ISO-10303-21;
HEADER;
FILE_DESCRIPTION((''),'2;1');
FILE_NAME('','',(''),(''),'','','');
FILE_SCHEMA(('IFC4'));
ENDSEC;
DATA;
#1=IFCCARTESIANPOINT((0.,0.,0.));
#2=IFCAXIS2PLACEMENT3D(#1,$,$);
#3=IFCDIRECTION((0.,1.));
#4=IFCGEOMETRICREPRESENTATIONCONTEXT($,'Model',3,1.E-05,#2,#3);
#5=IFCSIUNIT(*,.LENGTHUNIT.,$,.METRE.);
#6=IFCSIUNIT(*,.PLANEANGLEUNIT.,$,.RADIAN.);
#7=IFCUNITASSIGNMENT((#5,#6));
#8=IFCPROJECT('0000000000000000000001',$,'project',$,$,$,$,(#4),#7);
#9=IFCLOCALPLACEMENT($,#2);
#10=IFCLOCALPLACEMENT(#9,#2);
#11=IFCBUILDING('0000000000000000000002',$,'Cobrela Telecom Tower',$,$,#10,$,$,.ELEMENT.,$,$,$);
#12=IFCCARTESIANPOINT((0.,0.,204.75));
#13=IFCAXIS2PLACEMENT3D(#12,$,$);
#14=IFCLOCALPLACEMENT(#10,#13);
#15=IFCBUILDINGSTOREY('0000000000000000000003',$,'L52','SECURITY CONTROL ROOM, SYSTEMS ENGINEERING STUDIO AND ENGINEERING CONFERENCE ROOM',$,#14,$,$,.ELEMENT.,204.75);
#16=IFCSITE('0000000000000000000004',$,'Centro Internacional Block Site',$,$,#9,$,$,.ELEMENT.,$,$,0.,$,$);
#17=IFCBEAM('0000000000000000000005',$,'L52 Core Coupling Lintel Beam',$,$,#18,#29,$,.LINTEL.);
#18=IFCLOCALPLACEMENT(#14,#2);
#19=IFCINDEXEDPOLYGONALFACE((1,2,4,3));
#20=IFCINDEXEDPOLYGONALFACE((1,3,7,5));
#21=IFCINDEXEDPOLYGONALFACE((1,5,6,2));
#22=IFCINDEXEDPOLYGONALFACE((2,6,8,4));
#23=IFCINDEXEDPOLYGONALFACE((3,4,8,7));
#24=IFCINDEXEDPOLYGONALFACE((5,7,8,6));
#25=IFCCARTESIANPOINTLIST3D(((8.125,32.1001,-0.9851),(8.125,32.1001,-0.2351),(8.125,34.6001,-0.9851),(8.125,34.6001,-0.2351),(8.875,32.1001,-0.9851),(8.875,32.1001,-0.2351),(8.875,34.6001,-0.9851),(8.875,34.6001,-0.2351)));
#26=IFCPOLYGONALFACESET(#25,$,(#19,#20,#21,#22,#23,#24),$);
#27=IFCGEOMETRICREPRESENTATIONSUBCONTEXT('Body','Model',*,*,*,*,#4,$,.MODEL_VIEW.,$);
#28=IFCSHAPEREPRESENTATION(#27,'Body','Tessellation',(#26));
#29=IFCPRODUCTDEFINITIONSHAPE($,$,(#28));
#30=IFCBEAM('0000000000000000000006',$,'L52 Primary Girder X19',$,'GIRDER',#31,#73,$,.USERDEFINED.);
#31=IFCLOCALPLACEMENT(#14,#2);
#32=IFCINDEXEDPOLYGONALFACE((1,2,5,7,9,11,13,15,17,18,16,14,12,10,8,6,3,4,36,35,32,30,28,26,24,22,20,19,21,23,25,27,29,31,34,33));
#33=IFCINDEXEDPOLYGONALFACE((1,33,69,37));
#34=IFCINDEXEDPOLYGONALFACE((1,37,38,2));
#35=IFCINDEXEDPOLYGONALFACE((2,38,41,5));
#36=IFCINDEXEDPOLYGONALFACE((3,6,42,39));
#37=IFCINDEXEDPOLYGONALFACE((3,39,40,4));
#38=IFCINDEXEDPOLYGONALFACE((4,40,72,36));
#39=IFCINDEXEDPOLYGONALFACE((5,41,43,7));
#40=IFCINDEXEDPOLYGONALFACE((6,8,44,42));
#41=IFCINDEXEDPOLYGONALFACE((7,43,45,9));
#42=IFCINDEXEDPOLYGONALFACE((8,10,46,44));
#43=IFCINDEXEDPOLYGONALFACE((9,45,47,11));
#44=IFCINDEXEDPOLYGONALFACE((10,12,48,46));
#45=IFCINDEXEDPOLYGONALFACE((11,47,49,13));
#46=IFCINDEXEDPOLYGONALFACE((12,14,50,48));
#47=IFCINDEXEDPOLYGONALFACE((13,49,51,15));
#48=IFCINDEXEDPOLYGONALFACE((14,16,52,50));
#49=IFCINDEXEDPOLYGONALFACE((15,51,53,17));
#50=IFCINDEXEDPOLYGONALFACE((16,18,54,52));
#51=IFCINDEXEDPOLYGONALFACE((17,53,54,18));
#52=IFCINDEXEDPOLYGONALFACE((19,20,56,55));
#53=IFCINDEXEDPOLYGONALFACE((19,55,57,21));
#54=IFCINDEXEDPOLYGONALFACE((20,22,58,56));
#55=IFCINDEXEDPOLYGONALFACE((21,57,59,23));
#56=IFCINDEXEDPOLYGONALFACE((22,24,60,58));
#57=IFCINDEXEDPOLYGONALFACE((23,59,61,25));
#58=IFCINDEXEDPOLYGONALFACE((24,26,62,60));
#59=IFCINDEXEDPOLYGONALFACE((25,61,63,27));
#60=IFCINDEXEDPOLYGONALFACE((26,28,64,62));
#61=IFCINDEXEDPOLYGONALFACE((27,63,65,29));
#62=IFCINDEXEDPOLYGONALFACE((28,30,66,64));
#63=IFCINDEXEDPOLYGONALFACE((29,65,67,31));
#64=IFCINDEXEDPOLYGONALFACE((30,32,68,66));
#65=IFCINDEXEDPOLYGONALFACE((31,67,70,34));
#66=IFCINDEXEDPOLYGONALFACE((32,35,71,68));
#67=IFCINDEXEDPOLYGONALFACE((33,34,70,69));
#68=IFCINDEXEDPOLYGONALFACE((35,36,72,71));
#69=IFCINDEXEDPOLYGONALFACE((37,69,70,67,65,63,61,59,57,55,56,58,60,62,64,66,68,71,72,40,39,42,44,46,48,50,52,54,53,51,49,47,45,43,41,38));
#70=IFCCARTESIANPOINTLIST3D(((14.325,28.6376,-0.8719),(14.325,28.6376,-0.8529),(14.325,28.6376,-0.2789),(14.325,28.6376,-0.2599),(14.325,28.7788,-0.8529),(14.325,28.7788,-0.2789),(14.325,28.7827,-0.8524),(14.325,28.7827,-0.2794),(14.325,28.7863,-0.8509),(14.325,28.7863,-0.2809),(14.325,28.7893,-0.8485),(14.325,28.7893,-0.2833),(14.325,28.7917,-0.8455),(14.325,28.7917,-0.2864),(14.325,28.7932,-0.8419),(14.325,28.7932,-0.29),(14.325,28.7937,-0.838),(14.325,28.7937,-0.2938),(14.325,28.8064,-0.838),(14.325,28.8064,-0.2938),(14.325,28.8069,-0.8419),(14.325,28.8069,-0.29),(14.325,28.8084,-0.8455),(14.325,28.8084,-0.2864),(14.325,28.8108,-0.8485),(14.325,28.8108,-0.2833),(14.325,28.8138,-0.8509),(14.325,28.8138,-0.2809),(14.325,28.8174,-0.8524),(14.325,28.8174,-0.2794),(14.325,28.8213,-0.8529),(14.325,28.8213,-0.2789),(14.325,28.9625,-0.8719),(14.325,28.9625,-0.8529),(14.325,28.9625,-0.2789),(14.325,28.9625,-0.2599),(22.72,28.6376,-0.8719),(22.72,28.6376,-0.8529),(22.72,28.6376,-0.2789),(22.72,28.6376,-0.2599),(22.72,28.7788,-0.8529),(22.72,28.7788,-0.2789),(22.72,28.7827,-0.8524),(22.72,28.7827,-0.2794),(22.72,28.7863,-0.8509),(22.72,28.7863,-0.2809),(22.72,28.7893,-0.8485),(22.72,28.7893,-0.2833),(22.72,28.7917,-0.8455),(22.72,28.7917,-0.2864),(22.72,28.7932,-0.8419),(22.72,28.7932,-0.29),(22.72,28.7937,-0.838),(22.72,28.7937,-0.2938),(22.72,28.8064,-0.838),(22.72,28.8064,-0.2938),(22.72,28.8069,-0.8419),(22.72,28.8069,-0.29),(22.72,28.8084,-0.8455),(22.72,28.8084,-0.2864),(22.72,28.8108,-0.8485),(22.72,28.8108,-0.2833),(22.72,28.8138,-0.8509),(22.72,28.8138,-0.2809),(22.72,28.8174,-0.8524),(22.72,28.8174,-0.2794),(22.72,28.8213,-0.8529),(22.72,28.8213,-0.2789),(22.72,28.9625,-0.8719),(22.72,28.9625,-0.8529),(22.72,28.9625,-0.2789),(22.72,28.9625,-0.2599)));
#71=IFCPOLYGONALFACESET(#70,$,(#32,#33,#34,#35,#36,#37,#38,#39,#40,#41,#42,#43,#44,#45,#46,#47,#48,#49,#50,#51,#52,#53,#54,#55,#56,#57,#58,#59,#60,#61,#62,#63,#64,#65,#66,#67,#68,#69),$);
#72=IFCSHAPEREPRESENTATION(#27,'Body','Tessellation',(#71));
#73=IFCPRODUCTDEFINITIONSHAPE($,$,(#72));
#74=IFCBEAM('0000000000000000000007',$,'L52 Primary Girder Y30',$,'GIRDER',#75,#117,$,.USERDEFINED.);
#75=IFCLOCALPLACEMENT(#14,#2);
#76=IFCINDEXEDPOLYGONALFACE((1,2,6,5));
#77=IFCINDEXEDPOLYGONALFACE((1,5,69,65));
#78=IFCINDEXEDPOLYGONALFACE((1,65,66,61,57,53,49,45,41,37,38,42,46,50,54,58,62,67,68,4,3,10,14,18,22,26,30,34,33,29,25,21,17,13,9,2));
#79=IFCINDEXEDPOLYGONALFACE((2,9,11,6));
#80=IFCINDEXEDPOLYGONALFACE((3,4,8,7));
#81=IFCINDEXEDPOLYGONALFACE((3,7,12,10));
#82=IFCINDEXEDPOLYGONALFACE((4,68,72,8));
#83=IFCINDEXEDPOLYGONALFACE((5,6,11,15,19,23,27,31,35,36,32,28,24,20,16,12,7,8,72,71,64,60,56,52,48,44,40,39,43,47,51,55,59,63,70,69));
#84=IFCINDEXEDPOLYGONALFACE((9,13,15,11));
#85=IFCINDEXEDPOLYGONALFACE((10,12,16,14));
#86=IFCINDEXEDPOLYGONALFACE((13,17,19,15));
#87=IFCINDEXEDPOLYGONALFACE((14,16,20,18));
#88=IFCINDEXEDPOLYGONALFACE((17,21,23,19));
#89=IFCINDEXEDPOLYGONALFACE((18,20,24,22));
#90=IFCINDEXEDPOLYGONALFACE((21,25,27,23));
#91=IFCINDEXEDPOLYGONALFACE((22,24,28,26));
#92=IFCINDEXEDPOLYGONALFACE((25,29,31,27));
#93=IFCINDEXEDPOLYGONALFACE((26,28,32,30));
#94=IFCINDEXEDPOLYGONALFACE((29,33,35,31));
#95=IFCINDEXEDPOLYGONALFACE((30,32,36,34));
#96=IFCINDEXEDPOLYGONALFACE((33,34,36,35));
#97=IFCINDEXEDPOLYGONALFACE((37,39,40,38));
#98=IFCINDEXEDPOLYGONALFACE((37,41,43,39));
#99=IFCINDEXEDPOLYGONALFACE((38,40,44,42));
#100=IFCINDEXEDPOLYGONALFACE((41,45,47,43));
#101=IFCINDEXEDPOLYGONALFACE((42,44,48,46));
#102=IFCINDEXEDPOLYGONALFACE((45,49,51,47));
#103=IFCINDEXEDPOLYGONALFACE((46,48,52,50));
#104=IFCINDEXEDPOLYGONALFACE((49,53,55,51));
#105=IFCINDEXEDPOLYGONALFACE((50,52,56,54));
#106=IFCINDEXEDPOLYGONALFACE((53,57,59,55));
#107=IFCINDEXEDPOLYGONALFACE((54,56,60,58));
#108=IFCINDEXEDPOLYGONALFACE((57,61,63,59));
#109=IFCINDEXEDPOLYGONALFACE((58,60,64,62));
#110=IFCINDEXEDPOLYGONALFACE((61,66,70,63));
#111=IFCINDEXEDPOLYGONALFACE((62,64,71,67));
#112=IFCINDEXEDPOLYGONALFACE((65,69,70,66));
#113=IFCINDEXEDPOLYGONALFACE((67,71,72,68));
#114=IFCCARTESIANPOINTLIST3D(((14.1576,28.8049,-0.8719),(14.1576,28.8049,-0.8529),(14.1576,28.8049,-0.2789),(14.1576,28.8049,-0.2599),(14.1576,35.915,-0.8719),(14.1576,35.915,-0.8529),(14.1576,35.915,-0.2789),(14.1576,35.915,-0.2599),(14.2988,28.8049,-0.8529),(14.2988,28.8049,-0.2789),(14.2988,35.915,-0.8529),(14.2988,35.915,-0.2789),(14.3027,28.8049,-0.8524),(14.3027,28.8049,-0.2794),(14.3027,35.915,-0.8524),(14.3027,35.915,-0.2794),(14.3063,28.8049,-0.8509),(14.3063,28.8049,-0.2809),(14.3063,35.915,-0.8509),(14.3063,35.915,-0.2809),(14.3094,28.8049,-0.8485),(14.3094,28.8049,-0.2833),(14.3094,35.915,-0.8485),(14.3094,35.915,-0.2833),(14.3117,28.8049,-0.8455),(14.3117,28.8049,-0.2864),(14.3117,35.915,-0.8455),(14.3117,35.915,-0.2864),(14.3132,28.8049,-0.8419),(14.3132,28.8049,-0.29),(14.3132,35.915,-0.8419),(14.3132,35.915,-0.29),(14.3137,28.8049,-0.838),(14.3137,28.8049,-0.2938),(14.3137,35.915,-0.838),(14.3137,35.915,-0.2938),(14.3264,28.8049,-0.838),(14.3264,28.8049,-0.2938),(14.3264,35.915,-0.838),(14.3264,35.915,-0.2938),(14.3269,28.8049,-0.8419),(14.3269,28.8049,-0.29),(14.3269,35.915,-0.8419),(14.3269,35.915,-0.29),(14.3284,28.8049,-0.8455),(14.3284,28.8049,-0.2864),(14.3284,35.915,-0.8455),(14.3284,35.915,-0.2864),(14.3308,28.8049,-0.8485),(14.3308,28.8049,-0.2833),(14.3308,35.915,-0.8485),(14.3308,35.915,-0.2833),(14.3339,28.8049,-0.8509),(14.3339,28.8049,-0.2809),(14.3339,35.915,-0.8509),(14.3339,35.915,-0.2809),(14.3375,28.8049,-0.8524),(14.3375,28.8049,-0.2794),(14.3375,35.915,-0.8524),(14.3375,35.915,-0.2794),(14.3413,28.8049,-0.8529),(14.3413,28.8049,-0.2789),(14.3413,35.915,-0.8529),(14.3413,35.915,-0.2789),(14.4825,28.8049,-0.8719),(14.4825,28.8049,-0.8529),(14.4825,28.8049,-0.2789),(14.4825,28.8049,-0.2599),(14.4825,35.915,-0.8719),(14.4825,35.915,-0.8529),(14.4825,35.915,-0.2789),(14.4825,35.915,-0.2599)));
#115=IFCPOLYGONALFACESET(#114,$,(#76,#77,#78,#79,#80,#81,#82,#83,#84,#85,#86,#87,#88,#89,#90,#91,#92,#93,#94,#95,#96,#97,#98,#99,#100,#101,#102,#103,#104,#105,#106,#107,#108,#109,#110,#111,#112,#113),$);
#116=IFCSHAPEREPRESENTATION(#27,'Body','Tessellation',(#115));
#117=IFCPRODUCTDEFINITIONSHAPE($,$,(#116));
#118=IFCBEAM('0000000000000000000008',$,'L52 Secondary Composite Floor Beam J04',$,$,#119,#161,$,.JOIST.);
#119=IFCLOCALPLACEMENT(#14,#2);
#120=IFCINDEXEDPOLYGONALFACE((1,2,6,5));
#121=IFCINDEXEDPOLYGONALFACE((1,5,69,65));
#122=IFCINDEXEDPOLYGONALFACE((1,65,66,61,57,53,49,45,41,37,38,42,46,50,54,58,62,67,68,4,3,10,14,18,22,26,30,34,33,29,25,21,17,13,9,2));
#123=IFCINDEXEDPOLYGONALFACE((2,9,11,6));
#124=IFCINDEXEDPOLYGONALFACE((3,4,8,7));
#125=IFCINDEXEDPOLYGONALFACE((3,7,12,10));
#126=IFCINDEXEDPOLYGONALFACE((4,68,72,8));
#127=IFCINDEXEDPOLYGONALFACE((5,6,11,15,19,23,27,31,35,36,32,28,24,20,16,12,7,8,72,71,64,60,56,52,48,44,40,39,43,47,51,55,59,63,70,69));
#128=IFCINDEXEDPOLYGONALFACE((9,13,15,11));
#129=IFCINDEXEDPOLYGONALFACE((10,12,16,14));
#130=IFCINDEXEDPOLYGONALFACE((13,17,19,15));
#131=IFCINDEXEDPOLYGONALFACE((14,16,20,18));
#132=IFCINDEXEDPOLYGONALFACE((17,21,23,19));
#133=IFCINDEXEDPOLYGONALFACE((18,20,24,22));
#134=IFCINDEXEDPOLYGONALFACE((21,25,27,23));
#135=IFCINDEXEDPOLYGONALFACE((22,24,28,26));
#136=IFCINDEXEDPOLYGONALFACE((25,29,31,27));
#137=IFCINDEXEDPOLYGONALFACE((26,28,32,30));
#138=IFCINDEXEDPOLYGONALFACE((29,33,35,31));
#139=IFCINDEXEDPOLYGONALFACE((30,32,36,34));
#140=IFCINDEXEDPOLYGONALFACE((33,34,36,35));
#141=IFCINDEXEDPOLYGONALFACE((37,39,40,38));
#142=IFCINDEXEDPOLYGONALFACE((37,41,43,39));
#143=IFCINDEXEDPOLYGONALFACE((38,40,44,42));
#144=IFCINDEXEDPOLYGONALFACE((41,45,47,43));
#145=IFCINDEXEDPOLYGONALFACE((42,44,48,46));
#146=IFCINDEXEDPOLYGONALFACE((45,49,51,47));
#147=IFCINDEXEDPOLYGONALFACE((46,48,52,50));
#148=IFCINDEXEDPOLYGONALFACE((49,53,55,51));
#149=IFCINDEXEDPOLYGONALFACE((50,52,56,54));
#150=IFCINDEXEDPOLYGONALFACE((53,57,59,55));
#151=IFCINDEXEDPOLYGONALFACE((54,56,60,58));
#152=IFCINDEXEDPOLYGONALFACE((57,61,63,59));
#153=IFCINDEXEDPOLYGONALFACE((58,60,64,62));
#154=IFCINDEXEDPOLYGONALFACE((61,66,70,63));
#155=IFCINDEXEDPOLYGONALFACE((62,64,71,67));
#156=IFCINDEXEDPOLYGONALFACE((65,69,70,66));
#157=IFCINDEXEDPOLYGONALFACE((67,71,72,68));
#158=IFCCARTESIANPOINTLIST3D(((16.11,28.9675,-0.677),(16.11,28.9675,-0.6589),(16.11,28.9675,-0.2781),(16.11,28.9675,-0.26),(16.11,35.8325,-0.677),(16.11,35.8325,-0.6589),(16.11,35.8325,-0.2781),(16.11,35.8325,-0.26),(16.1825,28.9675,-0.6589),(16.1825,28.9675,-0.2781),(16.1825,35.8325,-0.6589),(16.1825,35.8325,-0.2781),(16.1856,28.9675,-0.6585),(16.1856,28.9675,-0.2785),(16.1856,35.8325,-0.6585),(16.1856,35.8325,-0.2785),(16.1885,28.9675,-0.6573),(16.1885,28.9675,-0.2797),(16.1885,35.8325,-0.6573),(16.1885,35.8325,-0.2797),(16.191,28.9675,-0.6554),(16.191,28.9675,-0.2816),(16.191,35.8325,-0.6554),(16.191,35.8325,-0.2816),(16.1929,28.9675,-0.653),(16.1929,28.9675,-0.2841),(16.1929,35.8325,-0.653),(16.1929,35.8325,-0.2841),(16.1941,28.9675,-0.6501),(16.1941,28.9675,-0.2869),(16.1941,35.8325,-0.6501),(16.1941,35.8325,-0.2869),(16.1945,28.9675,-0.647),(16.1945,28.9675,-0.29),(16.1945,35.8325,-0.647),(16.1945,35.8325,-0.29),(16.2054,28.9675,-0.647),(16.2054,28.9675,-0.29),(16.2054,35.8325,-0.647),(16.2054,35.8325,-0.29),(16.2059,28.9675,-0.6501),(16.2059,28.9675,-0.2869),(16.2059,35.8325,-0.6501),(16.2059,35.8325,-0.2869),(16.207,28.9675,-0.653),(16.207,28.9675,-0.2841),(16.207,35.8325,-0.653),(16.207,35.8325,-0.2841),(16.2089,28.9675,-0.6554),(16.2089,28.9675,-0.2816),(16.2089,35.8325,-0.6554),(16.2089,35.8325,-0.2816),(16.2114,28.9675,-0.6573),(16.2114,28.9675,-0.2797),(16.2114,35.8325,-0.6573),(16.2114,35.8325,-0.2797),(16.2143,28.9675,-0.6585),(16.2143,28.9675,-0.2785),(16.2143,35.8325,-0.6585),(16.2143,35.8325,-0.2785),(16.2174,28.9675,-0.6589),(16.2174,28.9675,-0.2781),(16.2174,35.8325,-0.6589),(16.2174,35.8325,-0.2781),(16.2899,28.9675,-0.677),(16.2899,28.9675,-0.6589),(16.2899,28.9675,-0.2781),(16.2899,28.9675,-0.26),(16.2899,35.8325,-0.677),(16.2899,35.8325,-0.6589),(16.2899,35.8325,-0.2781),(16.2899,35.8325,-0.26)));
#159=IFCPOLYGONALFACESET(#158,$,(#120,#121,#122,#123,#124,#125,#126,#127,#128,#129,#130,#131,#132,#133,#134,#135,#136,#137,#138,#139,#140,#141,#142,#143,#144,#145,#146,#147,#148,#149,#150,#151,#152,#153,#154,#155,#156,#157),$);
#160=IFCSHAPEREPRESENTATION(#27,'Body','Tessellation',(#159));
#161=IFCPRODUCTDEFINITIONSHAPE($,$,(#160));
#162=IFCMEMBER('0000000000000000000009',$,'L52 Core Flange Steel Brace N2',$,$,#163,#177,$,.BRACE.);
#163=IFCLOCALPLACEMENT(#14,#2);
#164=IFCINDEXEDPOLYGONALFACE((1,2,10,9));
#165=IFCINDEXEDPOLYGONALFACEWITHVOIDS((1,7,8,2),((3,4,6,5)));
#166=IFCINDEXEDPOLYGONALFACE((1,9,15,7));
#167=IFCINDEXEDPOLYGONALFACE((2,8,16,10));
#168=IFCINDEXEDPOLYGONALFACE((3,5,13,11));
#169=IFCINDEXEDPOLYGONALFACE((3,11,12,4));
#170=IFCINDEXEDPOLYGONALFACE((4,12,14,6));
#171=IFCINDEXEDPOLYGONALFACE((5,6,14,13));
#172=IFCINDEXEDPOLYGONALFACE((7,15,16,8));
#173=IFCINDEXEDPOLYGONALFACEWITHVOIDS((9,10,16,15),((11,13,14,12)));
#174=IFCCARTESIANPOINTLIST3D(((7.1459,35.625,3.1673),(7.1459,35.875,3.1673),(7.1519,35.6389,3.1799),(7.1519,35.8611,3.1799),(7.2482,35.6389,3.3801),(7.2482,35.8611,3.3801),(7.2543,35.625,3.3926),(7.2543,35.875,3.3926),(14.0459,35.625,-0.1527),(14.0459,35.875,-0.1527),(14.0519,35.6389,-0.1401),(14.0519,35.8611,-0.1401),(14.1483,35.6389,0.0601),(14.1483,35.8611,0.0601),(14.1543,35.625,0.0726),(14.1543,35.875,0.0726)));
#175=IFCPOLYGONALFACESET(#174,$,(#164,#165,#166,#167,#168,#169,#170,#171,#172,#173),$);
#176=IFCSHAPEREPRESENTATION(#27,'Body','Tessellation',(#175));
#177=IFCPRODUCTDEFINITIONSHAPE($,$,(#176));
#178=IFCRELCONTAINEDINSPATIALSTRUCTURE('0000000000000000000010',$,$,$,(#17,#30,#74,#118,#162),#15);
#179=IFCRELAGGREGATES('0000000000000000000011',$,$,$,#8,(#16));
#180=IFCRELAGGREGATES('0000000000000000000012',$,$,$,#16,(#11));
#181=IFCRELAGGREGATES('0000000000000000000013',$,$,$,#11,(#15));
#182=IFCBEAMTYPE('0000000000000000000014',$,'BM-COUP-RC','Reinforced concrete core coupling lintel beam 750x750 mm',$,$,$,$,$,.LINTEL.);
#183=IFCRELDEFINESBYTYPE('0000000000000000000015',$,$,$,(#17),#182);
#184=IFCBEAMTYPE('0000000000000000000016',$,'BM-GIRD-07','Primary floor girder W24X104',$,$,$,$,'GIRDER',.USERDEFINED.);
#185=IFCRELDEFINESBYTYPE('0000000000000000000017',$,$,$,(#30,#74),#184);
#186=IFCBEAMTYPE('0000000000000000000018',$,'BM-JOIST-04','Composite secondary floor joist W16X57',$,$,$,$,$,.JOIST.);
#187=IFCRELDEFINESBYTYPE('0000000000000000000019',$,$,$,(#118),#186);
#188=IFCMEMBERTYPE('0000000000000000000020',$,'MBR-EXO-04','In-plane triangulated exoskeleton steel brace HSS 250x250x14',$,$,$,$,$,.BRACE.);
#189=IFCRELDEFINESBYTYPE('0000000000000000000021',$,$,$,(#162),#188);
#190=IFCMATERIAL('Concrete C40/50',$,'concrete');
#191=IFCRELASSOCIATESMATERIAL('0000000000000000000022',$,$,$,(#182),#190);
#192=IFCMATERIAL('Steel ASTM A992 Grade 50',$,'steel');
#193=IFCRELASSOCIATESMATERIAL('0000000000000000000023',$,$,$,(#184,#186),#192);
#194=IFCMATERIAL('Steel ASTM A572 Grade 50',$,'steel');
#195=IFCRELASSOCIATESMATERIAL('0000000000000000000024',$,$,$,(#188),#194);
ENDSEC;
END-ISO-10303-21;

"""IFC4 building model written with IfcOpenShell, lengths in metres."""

from ifc_helpers import new_model, si_unit, direction, frame, origin, origin_2d, place, context, subcontext, project, spatial, rectangle, hollow_rectangle, i_section, extrude, material, material_profile, profile_set, type_object, element, save


model = new_model("IFC4")

# Units and contexts
model_context = context("Model", 3, precision=1e-05, world=origin(), true_north=direction((0.0, 1.0)))
body_context = subcontext(model_context, "Body", "Model", "MODEL_VIEW")
ifc_project = project(units=[si_unit("LENGTHUNIT", "METRE"), si_unit("PLANEANGLEUNIT", "RADIAN")], contexts=[model_context])

# Site, building, storey
site_placement = place(None, origin())
site = spatial("IfcSite", under=ifc_project, at=site_placement, Name="Centro Internacional Block Site", CompositionType="ELEMENT", RefElevation=0.0)
building_placement = place(site_placement, origin())
building = spatial("IfcBuilding", under=site, at=building_placement, Name="Cobrela Telecom Tower", CompositionType="ELEMENT")
storey_placement = place(building_placement, frame((0.0, 0.0, 204.75)))
storey = spatial("IfcBuildingStorey", under=building, at=storey_placement, Name="L52", Description="SECURITY CONTROL ROOM, SYSTEMS ENGINEERING STUDIO AND ENGINEERING CONFERENCE ROOM", CompositionType="ELEMENT", Elevation=204.75)

# Beams
ifc_material_1 = material(Name="Concrete C40/50", Category="concrete")
ifc_material_profile_1 = material_profile(ifc_material_1, rectangle(XDim=0.75, YDim=0.75, at=origin_2d()), Name="RC 750x750")
ifc_profile_set_1 = profile_set([ifc_material_profile_1], Name="Concrete C40/50")
beam_type_1 = type_object("IfcBeamType", Name="BM-COUP-RC", Description="Reinforced concrete core coupling lintel beam 750x750 mm", PredefinedType="LINTEL", material=ifc_profile_set_1)
beam_1_placement = place(storey_placement, frame((8.5, 32.1001, -0.6101), z_axis=(0.0, 1.0, 0.0), x_axis=(-1.0, 0.0, 0.0)))
element("IfcBeam", 1, at=beam_1_placement, inside=storey, type_object=beam_type_1, Name="L52 Core Coupling Lintel Beam", PredefinedType="LINTEL", context=body_context, shape_type="SweptSolid", body=[
    extrude(rectangle(XDim=0.75, YDim=0.75, at=origin_2d()), origin(), (0.0, 0.0, 1.0), 2.5),
])
ifc_material_2 = material(Name="Steel ASTM A992 Grade 50", Category="steel")
ifc_material_profile_2 = material_profile(ifc_material_2, i_section(OverallWidth=0.325, OverallDepth=0.6121, WebThickness=0.0127, FlangeThickness=0.019, FilletRadius=0.0149, at=origin_2d()), Name="W24X104")
ifc_profile_set_2 = profile_set([ifc_material_profile_2], Name="Steel ASTM A992 Grade 50")
beam_type_2 = type_object("IfcBeamType", Name="BM-GIRD-07", Description="Primary floor girder W24X104", ElementType="GIRDER", PredefinedType="USERDEFINED", material=ifc_profile_set_2)
beam_2_placement = place(storey_placement, frame((14.325, 28.8, -0.5659), z_axis=(1.0, 0.0, 0.0), x_axis=(0.0, 1.0, 0.0)))
element("IfcBeam", 2, at=beam_2_placement, inside=storey, type_object=beam_type_2, Name="L52 Primary Girder X19", ObjectType="GIRDER", PredefinedType="USERDEFINED", context=body_context, shape_type="SweptSolid", body=[
    extrude(i_section(OverallWidth=0.325, OverallDepth=0.6121, WebThickness=0.0127, FlangeThickness=0.019, FilletRadius=0.0149, at=origin_2d()), origin(), (0.0, 0.0, 1.0), 8.395),
])
beam_3_placement = place(storey_placement, frame((14.3201, 28.8049, -0.5659), z_axis=(0.0, 1.0, 0.0), x_axis=(-1.0, 0.0, 0.0)))
element("IfcBeam", 3, at=beam_3_placement, inside=storey, type_object=beam_type_2, Name="L52 Primary Girder Y30", ObjectType="GIRDER", PredefinedType="USERDEFINED", context=body_context, shape_type="SweptSolid", body=[
    extrude(i_section(OverallWidth=0.325, OverallDepth=0.6121, WebThickness=0.0127, FlangeThickness=0.019, FilletRadius=0.0149, at=origin_2d()), origin(), (0.0, 0.0, 1.0), 7.1101),
])
ifc_material_profile_3 = material_profile(ifc_material_2, i_section(OverallWidth=0.1799, OverallDepth=0.417, WebThickness=0.011, FlangeThickness=0.0181, FilletRadius=0.012, at=origin_2d()), Name="W16X57")
ifc_profile_set_3 = profile_set([ifc_material_profile_3], Name="Steel ASTM A992 Grade 50")
beam_type_3 = type_object("IfcBeamType", Name="BM-JOIST-04", Description="Composite secondary floor joist W16X57", PredefinedType="JOIST", material=ifc_profile_set_3)
beam_4_placement = place(storey_placement, frame((16.2, 28.9675, -0.4685), z_axis=(0.0, 1.0, 0.0), x_axis=(-1.0, 0.0, 0.0)))
element("IfcBeam", 4, at=beam_4_placement, inside=storey, type_object=beam_type_3, Name="L52 Secondary Composite Floor Beam J04", PredefinedType="JOIST", context=body_context, shape_type="SweptSolid", body=[
    extrude(i_section(OverallWidth=0.1799, OverallDepth=0.417, WebThickness=0.011, FlangeThickness=0.0181, FilletRadius=0.012, at=origin_2d()), origin(), (0.0, 0.0, 1.0), 6.865),
])

# Member
ifc_material_3 = material(Name="Steel ASTM A572 Grade 50", Category="steel")
ifc_material_profile_4 = material_profile(ifc_material_3, hollow_rectangle(XDim=0.25, YDim=0.25, WallThickness=0.0139, at=origin_2d()), Name="HSS 250x250x14")
ifc_profile_set_4 = profile_set([ifc_material_profile_4], Name="Steel ASTM A572 Grade 50")
member_type = type_object("IfcMemberType", Name="MBR-EXO-04", Description="In-plane triangulated exoskeleton steel brace HSS 250x250x14", PredefinedType="BRACE", material=ifc_profile_set_4)
member_placement = place(storey_placement, frame((14.1001, 35.75, -0.04), z_axis=(-0.901115, 0.0, 0.43358), x_axis=(0.0, -1.0, 0.0)))
element("IfcMember", 5, at=member_placement, inside=storey, type_object=member_type, Name="L52 Core Flange Steel Brace N2", PredefinedType="BRACE", context=body_context, shape_type="SweptSolid", body=[
    extrude(hollow_rectangle(XDim=0.25, YDim=0.25, WallThickness=0.0139, at=origin_2d()), origin(), (0.0, 0.0, 1.0), 7.6572),
])

save(model, "model.ifc")
